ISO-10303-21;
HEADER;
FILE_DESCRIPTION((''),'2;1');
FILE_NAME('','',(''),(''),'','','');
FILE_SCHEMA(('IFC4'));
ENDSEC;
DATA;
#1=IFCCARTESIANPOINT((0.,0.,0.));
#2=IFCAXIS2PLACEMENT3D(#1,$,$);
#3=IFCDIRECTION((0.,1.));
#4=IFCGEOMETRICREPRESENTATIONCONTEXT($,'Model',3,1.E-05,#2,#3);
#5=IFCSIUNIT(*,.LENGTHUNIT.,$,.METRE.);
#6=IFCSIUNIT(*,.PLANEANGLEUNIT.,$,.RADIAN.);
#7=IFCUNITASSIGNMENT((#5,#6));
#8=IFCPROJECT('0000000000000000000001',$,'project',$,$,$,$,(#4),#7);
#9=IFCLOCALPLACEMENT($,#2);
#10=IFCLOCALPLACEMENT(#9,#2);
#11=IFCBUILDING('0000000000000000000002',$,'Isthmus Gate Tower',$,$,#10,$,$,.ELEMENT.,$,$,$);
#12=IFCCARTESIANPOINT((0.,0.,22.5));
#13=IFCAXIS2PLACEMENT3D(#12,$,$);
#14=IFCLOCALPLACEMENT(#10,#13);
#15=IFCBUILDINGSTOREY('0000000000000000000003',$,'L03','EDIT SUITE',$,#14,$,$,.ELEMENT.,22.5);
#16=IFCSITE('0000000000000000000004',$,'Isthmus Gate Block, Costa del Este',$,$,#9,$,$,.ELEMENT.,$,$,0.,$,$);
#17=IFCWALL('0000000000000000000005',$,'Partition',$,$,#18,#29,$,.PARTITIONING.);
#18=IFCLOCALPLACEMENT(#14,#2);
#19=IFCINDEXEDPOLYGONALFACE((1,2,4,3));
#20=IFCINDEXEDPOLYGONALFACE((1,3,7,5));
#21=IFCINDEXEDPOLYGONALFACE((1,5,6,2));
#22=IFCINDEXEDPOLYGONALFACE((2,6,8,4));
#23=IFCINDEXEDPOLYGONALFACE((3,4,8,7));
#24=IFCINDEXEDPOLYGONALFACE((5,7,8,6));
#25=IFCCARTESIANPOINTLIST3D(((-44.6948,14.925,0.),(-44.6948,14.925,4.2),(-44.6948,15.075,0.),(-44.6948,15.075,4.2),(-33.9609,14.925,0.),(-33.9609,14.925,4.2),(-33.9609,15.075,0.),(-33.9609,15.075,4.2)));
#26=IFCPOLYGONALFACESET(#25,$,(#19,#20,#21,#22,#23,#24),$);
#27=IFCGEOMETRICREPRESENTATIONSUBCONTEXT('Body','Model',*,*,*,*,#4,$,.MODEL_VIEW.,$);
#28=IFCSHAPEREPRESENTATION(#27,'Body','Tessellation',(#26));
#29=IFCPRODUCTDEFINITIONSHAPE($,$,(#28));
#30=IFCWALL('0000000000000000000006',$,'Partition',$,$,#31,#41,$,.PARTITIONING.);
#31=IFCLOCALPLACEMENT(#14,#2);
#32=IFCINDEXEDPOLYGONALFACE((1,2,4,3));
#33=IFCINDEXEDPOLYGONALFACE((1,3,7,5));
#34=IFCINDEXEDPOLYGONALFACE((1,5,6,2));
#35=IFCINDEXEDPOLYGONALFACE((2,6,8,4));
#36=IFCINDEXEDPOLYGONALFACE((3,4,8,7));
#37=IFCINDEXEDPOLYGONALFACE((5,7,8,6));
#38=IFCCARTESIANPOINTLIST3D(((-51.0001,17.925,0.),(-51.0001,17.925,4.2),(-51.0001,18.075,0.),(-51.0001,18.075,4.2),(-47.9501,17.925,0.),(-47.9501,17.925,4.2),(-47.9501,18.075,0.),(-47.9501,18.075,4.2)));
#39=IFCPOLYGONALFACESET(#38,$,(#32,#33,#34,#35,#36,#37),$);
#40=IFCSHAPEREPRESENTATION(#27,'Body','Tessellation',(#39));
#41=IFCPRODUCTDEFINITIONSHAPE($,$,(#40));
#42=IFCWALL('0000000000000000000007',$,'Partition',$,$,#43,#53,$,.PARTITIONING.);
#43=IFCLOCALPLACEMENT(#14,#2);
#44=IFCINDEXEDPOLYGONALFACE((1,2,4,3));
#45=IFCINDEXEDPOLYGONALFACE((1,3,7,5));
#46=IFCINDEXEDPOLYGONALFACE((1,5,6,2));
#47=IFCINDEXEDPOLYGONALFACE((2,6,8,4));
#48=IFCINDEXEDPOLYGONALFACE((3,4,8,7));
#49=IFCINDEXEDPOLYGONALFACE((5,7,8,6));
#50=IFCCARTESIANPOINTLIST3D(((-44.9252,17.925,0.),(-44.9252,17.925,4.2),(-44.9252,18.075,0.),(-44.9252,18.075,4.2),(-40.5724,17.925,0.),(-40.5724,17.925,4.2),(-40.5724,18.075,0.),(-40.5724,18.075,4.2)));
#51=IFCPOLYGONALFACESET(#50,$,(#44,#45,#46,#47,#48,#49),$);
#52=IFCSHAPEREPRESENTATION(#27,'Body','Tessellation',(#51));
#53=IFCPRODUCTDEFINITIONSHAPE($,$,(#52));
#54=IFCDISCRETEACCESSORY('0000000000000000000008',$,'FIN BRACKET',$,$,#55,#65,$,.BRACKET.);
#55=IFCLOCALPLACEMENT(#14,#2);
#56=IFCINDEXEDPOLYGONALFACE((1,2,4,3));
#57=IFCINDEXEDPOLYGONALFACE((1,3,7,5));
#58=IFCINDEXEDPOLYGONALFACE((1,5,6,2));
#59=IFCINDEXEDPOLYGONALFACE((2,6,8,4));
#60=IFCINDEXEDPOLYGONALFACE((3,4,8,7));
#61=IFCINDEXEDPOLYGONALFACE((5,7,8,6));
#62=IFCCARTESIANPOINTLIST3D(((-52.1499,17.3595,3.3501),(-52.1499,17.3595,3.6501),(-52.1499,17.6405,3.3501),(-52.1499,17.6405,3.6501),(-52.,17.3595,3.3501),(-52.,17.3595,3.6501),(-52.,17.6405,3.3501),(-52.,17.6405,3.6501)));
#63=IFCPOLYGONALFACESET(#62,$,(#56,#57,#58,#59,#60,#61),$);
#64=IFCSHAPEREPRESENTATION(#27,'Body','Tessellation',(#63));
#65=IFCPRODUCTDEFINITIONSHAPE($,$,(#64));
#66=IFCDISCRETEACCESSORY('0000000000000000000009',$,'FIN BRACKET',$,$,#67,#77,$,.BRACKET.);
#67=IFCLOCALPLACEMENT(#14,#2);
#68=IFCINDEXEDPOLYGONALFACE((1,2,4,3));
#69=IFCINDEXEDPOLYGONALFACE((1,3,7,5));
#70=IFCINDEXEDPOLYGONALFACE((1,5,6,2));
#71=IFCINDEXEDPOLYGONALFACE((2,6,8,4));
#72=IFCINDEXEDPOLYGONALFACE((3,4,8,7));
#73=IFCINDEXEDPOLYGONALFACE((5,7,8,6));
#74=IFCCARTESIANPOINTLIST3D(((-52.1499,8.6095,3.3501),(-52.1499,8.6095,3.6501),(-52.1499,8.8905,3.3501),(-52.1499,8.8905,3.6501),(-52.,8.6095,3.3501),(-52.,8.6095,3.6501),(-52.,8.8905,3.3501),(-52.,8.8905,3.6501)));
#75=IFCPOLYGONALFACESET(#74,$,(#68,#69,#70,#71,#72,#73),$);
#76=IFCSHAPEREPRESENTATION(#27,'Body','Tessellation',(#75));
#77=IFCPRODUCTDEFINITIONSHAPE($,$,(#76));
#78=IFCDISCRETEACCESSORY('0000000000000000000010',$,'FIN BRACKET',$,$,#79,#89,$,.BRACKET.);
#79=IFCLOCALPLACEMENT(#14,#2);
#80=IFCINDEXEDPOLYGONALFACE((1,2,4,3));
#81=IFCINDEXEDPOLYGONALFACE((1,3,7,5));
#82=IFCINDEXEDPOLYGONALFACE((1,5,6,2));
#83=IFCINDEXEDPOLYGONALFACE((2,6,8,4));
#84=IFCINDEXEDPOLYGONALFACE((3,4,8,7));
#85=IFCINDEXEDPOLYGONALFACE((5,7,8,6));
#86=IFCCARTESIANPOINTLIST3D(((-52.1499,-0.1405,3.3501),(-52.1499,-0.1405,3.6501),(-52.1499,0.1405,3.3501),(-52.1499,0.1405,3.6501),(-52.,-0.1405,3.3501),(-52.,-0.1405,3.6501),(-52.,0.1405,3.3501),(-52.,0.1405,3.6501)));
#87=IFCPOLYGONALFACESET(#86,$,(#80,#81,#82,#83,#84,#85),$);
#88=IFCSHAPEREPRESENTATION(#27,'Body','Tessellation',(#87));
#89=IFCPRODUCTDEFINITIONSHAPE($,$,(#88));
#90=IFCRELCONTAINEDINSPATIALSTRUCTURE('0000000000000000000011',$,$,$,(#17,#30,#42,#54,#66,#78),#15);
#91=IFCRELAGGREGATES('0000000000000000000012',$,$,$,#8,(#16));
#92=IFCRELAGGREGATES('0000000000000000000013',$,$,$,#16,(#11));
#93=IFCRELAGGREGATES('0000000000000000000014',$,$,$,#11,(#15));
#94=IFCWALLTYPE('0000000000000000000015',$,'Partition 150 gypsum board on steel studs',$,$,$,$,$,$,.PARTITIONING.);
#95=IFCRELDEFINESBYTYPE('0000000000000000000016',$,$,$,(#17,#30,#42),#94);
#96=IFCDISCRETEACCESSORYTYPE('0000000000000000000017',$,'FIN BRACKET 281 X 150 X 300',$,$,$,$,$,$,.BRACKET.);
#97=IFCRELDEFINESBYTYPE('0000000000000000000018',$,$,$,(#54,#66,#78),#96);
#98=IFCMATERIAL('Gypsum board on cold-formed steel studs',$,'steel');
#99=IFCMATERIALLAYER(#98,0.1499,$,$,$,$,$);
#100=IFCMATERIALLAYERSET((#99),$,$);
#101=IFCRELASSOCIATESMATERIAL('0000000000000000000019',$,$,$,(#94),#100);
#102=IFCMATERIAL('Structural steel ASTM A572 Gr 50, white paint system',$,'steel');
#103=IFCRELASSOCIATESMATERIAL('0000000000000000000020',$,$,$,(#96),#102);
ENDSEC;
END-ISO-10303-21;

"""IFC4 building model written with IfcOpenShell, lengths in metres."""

from ifc_helpers import new_model, si_unit, direction, frame, frame_2d, origin, origin_2d, place, context, subcontext, project, spatial, rectangle, extrude, material, layer, layer_set, type_object, element, save


model = new_model("IFC4")

# Units and contexts
model_context = context("Model", 3, precision=1e-05, world=origin(), true_north=direction((0.0, 1.0)))
body_context = subcontext(model_context, "Body", "Model", "MODEL_VIEW")
ifc_project = project(units=[si_unit("LENGTHUNIT", "METRE"), si_unit("PLANEANGLEUNIT", "RADIAN")], contexts=[model_context])

# Site, building, storey
site_placement = place(None, origin())
site = spatial("IfcSite", under=ifc_project, at=site_placement, Name="Isthmus Gate Block, Costa del Este", CompositionType="ELEMENT", RefElevation=0.0)
building_placement = place(site_placement, origin())
building = spatial("IfcBuilding", under=site, at=building_placement, Name="Isthmus Gate Tower", CompositionType="ELEMENT")
storey_placement = place(building_placement, frame((0.0, 0.0, 22.5)))
storey = spatial("IfcBuildingStorey", under=building, at=storey_placement, Name="L03", Description="EDIT SUITE", CompositionType="ELEMENT", Elevation=22.5)

# Shared definitions
ifc_material_1 = material(Name="Gypsum board on cold-formed steel studs", Category="steel")
ifc_layer_1 = layer(ifc_material_1, 0.1499)
ifc_layer_set_1 = layer_set([ifc_layer_1])
wall_type_1 = type_object("IfcWallType", Name="Partition 150 gypsum board on steel studs", PredefinedType="PARTITIONING", material=ifc_layer_set_1)

# Walls
wall_1_placement = place(storey_placement, frame((-44.6948, 15.0, 0.0), z_axis=(0.0, 0.0, 1.0), x_axis=(1.0, 0.0, 0.0)))
element("IfcWall", 1, at=wall_1_placement, inside=storey, type_object=wall_type_1, Name="Partition", PredefinedType="PARTITIONING", context=body_context, shape_type="SweptSolid", body=[
    extrude(rectangle(XDim=10.7339, YDim=0.1499, at=frame_2d((5.3669, 0.0))), origin(), (0.0, 0.0, 1.0), 4.2),
])
wall_2_placement = place(storey_placement, frame((-51.0, 18.0, 0.0), z_axis=(0.0, 0.0, 1.0), x_axis=(1.0, 0.0, 0.0)))
element("IfcWall", 2, at=wall_2_placement, inside=storey, type_object=wall_type_1, Name="Partition", PredefinedType="PARTITIONING", context=body_context, shape_type="SweptSolid", body=[
    extrude(rectangle(XDim=3.05, YDim=0.1499, at=frame_2d((1.5249, 0.0))), origin(), (0.0, 0.0, 1.0), 4.2),
])
wall_3_placement = place(storey_placement, frame((-44.925, 18.0, 0.0), z_axis=(0.0, 0.0, 1.0), x_axis=(1.0, 0.0, 0.0)))
element("IfcWall", 3, at=wall_3_placement, inside=storey, type_object=wall_type_1, Name="Partition", PredefinedType="PARTITIONING", context=body_context, shape_type="SweptSolid", body=[
    extrude(rectangle(XDim=4.3528, YDim=0.1499, at=frame_2d((2.1763, 0.0))), origin(), (0.0, 0.0, 1.0), 4.2),
])

# Discrete accessories
ifc_material_2 = material(Name="Structural steel ASTM A572 Gr 50, white paint system", Category="steel")
discrete_accessory_type = type_object("IfcDiscreteAccessoryType", Name="FIN BRACKET 281 X 150 X 300", PredefinedType="BRACKET", material=ifc_material_2)
for number, where, z_axis, x_axis, name in (
    (4, (-52.075, 17.5, 3.3501), (0.0, 0.0, 1.0), (-1.0, 0.0, 0.0), "FIN BRACKET"),
    (5, (-52.075, 8.75, 3.3501), (0.0, 0.0, 1.0), (-1.0, 0.0, 0.0), "FIN BRACKET"),
    (6, (-52.075, 0.0, 3.3501), (0.0, 0.0, 1.0), (-1.0, 0.0, 0.0), "FIN BRACKET"),
):
    element("IfcDiscreteAccessory", number, at=place(storey_placement, frame(where, z_axis=z_axis, x_axis=x_axis)), inside=storey, type_object=discrete_accessory_type, Name=name, PredefinedType="BRACKET", context=body_context, shape_type="SweptSolid", body=[
        extrude(rectangle(XDim=0.1499, YDim=0.281, at=origin_2d()), origin(), (0.0, 0.0, 1.0), 0.3),
    ])

save(model, "model.ifc")
